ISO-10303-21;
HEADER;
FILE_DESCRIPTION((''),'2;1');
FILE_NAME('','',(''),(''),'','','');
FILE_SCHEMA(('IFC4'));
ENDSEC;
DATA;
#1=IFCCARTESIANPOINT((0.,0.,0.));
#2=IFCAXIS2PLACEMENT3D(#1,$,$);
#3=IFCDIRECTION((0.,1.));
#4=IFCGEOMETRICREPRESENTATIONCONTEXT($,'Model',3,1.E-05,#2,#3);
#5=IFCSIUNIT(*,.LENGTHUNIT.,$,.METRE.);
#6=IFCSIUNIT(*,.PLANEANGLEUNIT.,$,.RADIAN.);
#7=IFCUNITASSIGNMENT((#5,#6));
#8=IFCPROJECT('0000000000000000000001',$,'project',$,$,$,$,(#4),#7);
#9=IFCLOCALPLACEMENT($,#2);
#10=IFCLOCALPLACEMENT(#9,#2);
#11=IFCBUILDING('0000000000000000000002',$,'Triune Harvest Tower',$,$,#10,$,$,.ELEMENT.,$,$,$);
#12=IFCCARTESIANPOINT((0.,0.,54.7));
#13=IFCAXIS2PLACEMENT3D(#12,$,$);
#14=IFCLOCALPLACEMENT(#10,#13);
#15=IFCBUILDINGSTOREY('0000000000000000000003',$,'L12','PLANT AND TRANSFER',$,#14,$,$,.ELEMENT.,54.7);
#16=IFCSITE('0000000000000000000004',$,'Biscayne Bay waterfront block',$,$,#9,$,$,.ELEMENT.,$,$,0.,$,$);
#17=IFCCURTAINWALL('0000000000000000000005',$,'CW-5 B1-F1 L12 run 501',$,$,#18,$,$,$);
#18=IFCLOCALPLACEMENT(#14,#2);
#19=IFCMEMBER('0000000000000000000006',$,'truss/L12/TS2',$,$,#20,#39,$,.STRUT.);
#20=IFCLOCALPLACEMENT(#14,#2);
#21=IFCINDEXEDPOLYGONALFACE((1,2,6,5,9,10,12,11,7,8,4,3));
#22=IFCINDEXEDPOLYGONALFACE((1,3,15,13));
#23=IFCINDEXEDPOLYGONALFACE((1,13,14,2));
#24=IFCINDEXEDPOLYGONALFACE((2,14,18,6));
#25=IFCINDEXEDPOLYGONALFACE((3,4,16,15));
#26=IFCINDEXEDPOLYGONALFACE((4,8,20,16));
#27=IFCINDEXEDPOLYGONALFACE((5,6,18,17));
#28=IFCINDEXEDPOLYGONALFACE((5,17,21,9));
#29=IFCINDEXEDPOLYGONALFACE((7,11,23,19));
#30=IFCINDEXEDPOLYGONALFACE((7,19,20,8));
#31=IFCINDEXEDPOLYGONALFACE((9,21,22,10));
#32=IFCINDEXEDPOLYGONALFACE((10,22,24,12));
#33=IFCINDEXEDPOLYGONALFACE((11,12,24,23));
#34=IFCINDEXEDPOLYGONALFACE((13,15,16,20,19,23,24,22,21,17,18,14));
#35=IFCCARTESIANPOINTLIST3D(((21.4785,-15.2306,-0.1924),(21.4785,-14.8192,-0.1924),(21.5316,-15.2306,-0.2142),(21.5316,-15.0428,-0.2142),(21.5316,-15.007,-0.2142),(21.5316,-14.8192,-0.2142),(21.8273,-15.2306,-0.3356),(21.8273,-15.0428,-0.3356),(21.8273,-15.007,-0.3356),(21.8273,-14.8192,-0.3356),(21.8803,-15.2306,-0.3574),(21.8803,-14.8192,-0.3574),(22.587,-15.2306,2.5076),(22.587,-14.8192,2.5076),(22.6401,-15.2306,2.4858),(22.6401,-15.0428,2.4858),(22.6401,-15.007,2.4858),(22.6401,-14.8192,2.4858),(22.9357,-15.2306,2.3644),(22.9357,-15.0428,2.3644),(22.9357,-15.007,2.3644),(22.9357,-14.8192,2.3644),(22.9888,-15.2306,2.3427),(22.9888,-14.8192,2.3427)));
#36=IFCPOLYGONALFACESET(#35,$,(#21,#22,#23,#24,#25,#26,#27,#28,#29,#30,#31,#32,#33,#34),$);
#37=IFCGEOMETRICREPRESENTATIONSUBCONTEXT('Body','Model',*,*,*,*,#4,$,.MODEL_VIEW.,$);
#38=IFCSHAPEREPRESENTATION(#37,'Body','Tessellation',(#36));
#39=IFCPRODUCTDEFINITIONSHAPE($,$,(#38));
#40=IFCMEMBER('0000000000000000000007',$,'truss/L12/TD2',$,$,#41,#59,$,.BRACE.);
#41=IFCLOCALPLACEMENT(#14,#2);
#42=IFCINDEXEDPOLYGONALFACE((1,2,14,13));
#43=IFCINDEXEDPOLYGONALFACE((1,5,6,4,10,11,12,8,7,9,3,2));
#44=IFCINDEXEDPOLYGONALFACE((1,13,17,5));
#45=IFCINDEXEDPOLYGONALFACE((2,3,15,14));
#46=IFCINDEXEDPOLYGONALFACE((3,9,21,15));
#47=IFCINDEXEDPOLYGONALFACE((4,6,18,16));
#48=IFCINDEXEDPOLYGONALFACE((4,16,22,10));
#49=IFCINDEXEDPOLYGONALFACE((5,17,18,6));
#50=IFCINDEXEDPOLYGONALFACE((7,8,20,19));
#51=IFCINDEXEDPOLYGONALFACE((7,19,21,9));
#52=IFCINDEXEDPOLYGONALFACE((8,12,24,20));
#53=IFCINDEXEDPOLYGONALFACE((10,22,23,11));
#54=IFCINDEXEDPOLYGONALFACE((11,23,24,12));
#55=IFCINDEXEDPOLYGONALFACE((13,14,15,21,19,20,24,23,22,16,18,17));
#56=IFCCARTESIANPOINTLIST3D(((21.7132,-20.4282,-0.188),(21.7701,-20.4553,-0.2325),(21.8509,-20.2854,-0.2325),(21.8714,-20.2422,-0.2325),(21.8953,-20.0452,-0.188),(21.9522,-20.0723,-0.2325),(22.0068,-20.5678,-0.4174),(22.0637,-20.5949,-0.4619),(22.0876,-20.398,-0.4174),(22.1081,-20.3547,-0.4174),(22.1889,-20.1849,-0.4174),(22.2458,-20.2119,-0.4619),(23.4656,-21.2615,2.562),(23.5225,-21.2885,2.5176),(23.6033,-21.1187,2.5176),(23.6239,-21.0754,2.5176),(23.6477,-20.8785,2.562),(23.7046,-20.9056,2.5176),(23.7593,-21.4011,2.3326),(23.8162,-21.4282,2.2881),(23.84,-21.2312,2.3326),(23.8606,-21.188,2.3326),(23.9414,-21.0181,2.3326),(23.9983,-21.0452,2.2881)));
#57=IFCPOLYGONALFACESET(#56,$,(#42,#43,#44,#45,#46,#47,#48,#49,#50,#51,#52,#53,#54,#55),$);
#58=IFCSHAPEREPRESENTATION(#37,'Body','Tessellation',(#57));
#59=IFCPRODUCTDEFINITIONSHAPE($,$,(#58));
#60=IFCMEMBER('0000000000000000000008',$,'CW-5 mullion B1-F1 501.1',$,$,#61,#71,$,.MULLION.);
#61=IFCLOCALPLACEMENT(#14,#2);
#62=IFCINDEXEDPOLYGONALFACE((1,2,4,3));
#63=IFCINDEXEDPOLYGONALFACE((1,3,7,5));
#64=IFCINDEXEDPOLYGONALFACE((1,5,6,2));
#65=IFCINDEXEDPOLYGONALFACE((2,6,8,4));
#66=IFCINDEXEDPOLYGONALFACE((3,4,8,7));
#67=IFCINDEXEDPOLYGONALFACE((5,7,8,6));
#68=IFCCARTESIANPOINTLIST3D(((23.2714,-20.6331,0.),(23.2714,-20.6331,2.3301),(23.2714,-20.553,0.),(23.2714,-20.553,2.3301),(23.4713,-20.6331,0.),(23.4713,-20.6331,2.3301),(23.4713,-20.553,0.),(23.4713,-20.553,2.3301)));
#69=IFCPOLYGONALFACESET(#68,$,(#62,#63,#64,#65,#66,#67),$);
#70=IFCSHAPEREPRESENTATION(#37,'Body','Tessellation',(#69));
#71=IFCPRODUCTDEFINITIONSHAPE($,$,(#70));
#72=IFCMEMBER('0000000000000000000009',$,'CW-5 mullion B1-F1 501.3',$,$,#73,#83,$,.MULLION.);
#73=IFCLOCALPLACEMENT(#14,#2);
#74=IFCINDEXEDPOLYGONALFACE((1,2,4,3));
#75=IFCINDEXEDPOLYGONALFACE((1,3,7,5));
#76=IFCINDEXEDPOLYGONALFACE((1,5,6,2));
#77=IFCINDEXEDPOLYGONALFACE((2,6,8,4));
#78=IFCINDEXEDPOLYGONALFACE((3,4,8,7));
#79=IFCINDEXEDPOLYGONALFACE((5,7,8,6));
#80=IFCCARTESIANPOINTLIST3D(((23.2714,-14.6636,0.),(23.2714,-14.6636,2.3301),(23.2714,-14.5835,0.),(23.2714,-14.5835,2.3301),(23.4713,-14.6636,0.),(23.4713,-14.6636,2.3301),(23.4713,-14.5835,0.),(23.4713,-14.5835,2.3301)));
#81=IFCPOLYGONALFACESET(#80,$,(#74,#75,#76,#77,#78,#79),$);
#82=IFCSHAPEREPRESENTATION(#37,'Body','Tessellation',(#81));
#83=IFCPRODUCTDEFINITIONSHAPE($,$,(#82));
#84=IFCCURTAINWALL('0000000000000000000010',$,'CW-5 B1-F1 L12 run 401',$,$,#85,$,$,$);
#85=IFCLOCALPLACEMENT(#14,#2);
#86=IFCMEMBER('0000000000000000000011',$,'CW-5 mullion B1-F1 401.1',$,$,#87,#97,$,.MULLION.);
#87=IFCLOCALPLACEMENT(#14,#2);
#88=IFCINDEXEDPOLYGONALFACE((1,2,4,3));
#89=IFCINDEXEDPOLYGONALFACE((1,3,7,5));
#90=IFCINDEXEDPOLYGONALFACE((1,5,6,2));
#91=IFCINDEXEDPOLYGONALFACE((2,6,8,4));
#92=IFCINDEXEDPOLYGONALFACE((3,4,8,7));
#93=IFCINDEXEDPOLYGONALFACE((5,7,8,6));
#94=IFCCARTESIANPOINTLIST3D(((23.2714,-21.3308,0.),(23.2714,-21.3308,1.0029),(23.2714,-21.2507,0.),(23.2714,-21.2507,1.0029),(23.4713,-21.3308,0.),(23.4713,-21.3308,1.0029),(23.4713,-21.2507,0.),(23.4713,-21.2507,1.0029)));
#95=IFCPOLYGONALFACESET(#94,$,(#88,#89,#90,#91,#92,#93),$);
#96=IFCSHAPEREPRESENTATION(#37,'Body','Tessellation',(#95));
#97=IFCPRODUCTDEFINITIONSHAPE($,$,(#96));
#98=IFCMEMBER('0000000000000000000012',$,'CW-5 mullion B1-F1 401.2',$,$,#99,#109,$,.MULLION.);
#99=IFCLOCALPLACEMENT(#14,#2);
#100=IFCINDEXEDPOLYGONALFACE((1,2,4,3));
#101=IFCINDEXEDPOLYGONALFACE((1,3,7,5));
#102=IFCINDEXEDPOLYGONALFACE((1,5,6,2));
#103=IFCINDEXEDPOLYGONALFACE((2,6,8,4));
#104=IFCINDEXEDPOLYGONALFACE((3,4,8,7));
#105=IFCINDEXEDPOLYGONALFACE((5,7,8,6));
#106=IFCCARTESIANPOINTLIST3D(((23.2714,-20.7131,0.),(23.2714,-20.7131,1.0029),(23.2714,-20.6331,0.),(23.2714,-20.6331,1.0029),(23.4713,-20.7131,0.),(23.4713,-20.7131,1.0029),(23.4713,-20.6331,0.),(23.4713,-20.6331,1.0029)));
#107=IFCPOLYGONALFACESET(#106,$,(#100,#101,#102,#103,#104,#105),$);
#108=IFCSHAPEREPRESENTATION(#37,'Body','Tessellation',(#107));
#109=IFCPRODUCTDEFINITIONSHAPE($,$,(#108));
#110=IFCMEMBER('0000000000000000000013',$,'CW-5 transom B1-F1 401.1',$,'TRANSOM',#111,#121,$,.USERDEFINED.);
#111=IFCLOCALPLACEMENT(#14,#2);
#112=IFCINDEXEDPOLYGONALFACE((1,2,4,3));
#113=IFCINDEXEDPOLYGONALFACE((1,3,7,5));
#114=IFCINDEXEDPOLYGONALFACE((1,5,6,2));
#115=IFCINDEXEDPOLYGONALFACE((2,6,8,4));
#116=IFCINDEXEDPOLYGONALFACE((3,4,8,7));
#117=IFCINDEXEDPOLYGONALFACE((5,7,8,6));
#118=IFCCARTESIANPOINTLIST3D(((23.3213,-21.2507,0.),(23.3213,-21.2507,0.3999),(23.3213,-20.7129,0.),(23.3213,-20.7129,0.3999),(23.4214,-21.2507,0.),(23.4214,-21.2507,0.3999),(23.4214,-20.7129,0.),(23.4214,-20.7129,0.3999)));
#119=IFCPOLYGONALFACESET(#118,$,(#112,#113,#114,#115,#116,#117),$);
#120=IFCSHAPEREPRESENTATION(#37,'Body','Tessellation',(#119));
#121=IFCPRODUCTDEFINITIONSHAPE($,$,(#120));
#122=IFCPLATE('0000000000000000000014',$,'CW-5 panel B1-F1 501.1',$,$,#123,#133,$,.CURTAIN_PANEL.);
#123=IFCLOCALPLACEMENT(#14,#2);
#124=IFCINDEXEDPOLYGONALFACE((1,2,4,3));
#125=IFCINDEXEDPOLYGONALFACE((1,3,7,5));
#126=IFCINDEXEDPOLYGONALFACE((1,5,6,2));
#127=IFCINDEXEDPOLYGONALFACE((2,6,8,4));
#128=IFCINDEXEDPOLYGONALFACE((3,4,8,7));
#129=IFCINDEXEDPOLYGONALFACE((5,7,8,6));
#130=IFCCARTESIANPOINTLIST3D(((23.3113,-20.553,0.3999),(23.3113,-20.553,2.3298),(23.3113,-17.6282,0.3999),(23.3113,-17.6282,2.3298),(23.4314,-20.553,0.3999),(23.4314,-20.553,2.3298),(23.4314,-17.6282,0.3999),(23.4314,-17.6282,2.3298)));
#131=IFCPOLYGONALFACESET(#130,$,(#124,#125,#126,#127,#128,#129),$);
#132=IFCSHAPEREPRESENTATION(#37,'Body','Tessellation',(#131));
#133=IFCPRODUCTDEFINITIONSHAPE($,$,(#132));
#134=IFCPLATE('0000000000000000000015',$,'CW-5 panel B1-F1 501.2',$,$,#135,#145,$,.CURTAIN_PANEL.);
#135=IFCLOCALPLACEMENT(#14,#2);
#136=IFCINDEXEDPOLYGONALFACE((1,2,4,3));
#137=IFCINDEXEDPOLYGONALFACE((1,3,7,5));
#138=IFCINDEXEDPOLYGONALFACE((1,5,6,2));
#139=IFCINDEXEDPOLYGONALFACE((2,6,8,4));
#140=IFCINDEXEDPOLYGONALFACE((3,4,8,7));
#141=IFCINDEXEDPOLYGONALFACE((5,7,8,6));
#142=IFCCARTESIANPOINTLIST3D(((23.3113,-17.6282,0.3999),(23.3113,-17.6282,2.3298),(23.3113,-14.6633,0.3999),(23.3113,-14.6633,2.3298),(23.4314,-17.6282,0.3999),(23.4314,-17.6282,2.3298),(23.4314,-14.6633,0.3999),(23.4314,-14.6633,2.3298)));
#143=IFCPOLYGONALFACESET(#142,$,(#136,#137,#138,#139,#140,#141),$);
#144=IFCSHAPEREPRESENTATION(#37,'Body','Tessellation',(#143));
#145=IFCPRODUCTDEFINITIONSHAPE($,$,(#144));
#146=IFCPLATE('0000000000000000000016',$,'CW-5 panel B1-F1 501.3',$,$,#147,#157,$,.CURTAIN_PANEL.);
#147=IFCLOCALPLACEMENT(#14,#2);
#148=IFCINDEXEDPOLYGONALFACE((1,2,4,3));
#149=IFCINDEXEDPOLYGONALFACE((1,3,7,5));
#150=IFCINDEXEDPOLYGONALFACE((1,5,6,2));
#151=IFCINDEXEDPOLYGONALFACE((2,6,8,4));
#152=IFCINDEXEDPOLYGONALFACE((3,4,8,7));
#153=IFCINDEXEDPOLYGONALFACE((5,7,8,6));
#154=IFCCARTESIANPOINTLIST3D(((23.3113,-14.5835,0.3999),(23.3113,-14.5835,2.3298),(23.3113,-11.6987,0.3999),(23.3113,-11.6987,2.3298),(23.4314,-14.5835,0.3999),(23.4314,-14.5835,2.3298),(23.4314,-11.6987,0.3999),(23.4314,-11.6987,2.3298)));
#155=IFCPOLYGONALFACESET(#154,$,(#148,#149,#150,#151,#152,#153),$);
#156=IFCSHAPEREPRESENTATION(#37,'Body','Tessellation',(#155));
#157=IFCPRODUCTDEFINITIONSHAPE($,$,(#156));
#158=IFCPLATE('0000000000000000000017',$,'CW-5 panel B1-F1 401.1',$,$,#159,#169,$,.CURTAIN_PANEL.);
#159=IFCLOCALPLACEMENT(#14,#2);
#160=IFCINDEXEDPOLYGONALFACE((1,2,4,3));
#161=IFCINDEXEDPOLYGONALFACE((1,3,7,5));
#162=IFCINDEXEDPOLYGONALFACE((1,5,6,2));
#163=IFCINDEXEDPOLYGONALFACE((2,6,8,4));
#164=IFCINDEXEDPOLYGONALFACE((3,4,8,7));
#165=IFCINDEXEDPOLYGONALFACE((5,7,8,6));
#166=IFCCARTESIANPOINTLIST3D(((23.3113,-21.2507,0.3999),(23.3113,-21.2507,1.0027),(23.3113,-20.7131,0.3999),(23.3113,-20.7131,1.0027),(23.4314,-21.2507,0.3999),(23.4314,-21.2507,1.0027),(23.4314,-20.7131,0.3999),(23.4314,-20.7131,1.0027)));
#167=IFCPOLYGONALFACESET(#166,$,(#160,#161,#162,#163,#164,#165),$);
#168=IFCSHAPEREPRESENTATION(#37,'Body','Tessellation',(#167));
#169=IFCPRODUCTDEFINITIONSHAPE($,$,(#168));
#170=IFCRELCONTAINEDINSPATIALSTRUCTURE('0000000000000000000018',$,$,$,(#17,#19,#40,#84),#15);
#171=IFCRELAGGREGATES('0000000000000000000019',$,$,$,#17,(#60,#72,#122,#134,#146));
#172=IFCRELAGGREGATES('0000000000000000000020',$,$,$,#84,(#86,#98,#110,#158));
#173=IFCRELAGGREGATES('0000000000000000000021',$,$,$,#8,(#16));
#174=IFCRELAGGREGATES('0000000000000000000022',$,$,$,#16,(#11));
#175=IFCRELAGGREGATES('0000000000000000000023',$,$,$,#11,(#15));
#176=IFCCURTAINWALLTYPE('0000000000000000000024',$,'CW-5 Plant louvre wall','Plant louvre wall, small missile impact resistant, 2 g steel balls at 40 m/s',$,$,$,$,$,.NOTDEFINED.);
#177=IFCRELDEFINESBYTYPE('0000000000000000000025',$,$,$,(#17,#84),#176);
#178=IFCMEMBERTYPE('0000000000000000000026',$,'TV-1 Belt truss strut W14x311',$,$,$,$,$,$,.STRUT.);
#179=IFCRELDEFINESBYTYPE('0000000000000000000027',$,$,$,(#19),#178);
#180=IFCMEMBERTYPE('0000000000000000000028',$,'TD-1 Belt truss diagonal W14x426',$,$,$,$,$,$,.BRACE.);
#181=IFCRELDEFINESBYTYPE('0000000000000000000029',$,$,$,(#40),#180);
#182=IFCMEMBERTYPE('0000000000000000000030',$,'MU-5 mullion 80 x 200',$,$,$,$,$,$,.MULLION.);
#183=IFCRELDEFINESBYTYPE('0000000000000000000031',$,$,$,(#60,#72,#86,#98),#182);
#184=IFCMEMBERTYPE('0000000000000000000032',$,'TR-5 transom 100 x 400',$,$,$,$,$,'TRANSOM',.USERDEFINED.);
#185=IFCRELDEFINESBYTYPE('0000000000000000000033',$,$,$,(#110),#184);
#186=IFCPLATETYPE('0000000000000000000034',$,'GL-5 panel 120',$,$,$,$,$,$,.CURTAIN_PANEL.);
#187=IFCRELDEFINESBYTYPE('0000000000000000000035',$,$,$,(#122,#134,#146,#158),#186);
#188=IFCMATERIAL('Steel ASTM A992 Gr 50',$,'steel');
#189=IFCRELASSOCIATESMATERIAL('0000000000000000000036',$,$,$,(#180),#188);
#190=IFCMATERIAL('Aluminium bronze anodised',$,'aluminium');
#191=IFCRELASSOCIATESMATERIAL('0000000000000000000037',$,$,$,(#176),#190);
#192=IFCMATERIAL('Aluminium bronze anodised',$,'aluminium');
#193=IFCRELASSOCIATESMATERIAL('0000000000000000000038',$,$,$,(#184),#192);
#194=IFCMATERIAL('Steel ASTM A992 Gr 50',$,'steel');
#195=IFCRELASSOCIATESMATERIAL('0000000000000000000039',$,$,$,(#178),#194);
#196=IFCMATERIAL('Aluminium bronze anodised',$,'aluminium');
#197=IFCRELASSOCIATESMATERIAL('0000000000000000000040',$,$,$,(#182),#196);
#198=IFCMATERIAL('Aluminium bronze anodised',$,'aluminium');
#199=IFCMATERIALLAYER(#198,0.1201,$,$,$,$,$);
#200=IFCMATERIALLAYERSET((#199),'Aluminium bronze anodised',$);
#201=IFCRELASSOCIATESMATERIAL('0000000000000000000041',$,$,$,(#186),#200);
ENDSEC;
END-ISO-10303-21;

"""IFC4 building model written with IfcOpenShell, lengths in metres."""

from ifc_helpers import new_model, si_unit, direction, frame, origin, origin_2d, place, context, subcontext, project, spatial, rectangle, i_section, extrude, source, transform, mapped, material, layer, layer_set, material_profile, profile_set, type_object, element, aggregate, save


model = new_model("IFC4")

# Units and contexts
model_context = context("Model", 3, precision=1e-05, world=origin(), true_north=direction((0.0, 1.0)))
body_context = subcontext(model_context, "Body", "Model", "MODEL_VIEW")
ifc_project = project(units=[si_unit("LENGTHUNIT", "METRE"), si_unit("PLANEANGLEUNIT", "RADIAN")], contexts=[model_context])

# Site, building, storey
site_placement = place(None, origin())
site = spatial("IfcSite", under=ifc_project, at=site_placement, Name="Biscayne Bay waterfront block", CompositionType="ELEMENT", RefElevation=0.0)
building_placement = place(site_placement, origin())
building = spatial("IfcBuilding", under=site, at=building_placement, Name="Triune Harvest Tower", CompositionType="ELEMENT")
storey_placement = place(building_placement, frame((0.0, 0.0, 54.7)))
storey = spatial("IfcBuildingStorey", under=building, at=storey_placement, Name="L12", Description="PLANT AND TRANSFER", CompositionType="ELEMENT", Elevation=54.7)

# Shared definitions
ifc_material_1 = material(Name="Steel ASTM A992 Gr 50", Category="steel")
ifc_material_profile_1 = material_profile(ifc_material_1, i_section(OverallWidth=0.4241, OverallDepth=0.4751, WebThickness=0.0479, FlangeThickness=0.0771, at=origin_2d()), Name="W14x426")
ifc_profile_set_1 = profile_set([ifc_material_profile_1], Name="Steel ASTM A992 Gr 50")
member_type_1 = type_object("IfcMemberType", Name="TD-1 Belt truss diagonal W14x426", PredefinedType="BRACE", material=ifc_profile_set_1)

# Curtain wall
ifc_material_2 = material(Name="Aluminium bronze anodised", Category="aluminium")
curtain_wall_type = type_object("IfcCurtainWallType", Name="CW-5 Plant louvre wall", Description="Plant louvre wall, small missile impact resistant, 2 g steel balls at 40 m/s", PredefinedType="NOTDEFINED", material=ifc_material_2)
curtain_wall_1_placement = place(storey_placement, origin())
curtain_wall_1 = element("IfcCurtainWall", 1, at=curtain_wall_1_placement, inside=storey, type_object=curtain_wall_type, Name="CW-5 B1-F1 L12 run 501")
ifc_material_3 = material(Name="Aluminium bronze anodised", Category="aluminium")
ifc_material_profile_2 = material_profile(ifc_material_3, rectangle(XDim=0.1001, YDim=0.3999, at=origin_2d()), Name="TR-5 transom 100 x 400")
ifc_profile_set_2 = profile_set([ifc_material_profile_2], Name="Aluminium bronze anodised")
member_type_2 = type_object("IfcMemberType", Name="TR-5 transom 100 x 400", ElementType="TRANSOM", PredefinedType="USERDEFINED", material=ifc_profile_set_2)

# Members
ifc_material_4 = material(Name="Steel ASTM A992 Gr 50", Category="steel")
ifc_material_profile_3 = material_profile(ifc_material_4, i_section(OverallWidth=0.4114, OverallDepth=0.4343, WebThickness=0.0359, FlangeThickness=0.0574, at=origin_2d()), Name="W14x311")
ifc_profile_set_3 = profile_set([ifc_material_profile_3], Name="Steel ASTM A992 Gr 50")
member_type_3 = type_object("IfcMemberType", Name="TV-1 Belt truss strut W14x311", PredefinedType="STRUT", material=ifc_profile_set_3)
shared_shape_1 = source(origin(), body_context, "Body", "SweptSolid", [
    extrude(i_section(OverallWidth=0.4114, OverallDepth=0.4343, WebThickness=0.0359, FlangeThickness=0.0574, at=origin_2d()), origin(), (0.0, 0.0, 1.0), 2.9187),
])
member_1_placement = place(storey_placement, frame((21.6794, -15.0249, -0.2749), z_axis=(0.379769, 0.0, 0.925081), x_axis=(0.0, 1.0, 0.0)))
element("IfcMember", 2, at=member_1_placement, inside=storey, type_object=member_type_3, Name="truss/L12/TS2", PredefinedType="STRUT", context=body_context, shape_type="MappedRepresentation", body=[
    mapped(shared_shape_1, transform((0.0, 0.0, 0.0), scale=1.0)),
])
shared_shape_2 = source(origin(), body_context, "Body", "SweptSolid", [
    extrude(i_section(OverallWidth=0.4241, OverallDepth=0.4751, WebThickness=0.0479, FlangeThickness=0.0771, at=origin_2d()), origin(), (0.0, 0.0, 1.0), 3.3657),
])
member_2_placement = place(storey_placement, frame((21.9795, -20.3201, -0.325), z_axis=(0.520678, -0.247573, 0.817069), x_axis=(0.429411, 0.903109, 0.0)))
element("IfcMember", 3, at=member_2_placement, inside=storey, type_object=member_type_1, Name="truss/L12/TD2", PredefinedType="BRACE", context=body_context, shape_type="MappedRepresentation", body=[
    mapped(shared_shape_2, transform((0.0, 0.0, 0.0), scale=1.0)),
])

# Members
ifc_material_5 = material(Name="Aluminium bronze anodised", Category="aluminium")
ifc_material_profile_4 = material_profile(ifc_material_5, rectangle(XDim=0.2, YDim=0.0801, at=origin_2d()), Name="MU-5 mullion 80 x 200")
ifc_profile_set_4 = profile_set([ifc_material_profile_4], Name="Aluminium bronze anodised")
member_type_4 = type_object("IfcMemberType", Name="MU-5 mullion 80 x 200", PredefinedType="MULLION", material=ifc_profile_set_4)
shared_shape_3 = source(origin(), body_context, "Body", "SweptSolid", [
    extrude(rectangle(XDim=0.2, YDim=0.0801, at=origin_2d()), origin(), (0.0, 0.0, 1.0), 2.3301),
])
member_3_placement = place(storey_placement, frame((23.3713, -20.593, 0.0), z_axis=(0.0, 0.0, 1.0), x_axis=(-1.0, 0.0, 0.0)))
member_3 = element("IfcMember", 4, at=member_3_placement, type_object=member_type_4, Name="CW-5 mullion B1-F1 501.1", PredefinedType="MULLION", context=body_context, shape_type="MappedRepresentation", body=[
    mapped(shared_shape_3, transform((0.0, 0.0, 0.0), scale=1.0)),
])
member_4_placement = place(storey_placement, frame((23.3713, -14.6235, 0.0), z_axis=(0.0, 0.0, 1.0), x_axis=(-1.0, 0.0, 0.0)))
member_4 = element("IfcMember", 5, at=member_4_placement, type_object=member_type_4, Name="CW-5 mullion B1-F1 501.3", PredefinedType="MULLION", context=body_context, shape_type="MappedRepresentation", body=[
    mapped(shared_shape_3, transform((0.0, 0.0, 0.0), scale=1.0)),
])

# Curtain wall, members
curtain_wall_2_placement = place(storey_placement, origin())
curtain_wall_2 = element("IfcCurtainWall", 6, at=curtain_wall_2_placement, inside=storey, type_object=curtain_wall_type, Name="CW-5 B1-F1 L12 run 401")
shared_shape_4 = source(origin(), body_context, "Body", "SweptSolid", [
    extrude(rectangle(XDim=0.2, YDim=0.0801, at=origin_2d()), origin(), (0.0, 0.0, 1.0), 1.0029),
])
member_5_placement = place(storey_placement, frame((23.3713, -21.2908, 0.0), z_axis=(0.0, 0.0, 1.0), x_axis=(-1.0, 0.0, 0.0)))
member_5 = element("IfcMember", 7, at=member_5_placement, type_object=member_type_4, Name="CW-5 mullion B1-F1 401.1", PredefinedType="MULLION", context=body_context, shape_type="MappedRepresentation", body=[
    mapped(shared_shape_4, transform((0.0, 0.0, 0.0), scale=1.0)),
])
member_6_placement = place(storey_placement, frame((23.3713, -20.6731, 0.0), z_axis=(0.0, 0.0, 1.0), x_axis=(-1.0, 0.0, 0.0)))
member_6 = element("IfcMember", 8, at=member_6_placement, type_object=member_type_4, Name="CW-5 mullion B1-F1 401.2", PredefinedType="MULLION", context=body_context, shape_type="MappedRepresentation", body=[
    mapped(shared_shape_4, transform((0.0, 0.0, 0.0), scale=1.0)),
])
shared_shape_5 = source(origin(), body_context, "Body", "SweptSolid", [
    extrude(rectangle(XDim=0.1001, YDim=0.3999, at=origin_2d()), origin(), (0.0, 0.0, 1.0), 0.5378),
])
member_7_placement = place(storey_placement, frame((23.3713, -21.2507, 0.2), z_axis=(0.0, 1.0, 0.0), x_axis=(-1.0, 0.0, 0.0)))
member_7 = element("IfcMember", 9, at=member_7_placement, type_object=member_type_2, Name="CW-5 transom B1-F1 401.1", ObjectType="TRANSOM", PredefinedType="USERDEFINED", context=body_context, shape_type="MappedRepresentation", body=[
    mapped(shared_shape_5, transform((0.0, 0.0, 0.0), scale=1.0)),
])

# Plates
ifc_material_6 = material(Name="Aluminium bronze anodised", Category="aluminium")
ifc_layer_1 = layer(ifc_material_6, 0.1201)
ifc_layer_set_1 = layer_set([ifc_layer_1], Name="Aluminium bronze anodised")
plate_type = type_object("IfcPlateType", Name="GL-5 panel 120", PredefinedType="CURTAIN_PANEL", material=ifc_layer_set_1)
plate_1_placement = place(storey_placement, frame((23.3713, -19.0906, 0.3999), z_axis=(0.0, 0.0, 1.0), x_axis=(0.0, 1.0, 0.0)))
plate_1 = element("IfcPlate", 10, at=plate_1_placement, type_object=plate_type, Name="CW-5 panel B1-F1 501.1", PredefinedType="CURTAIN_PANEL", context=body_context, shape_type="SweptSolid", body=[
    extrude(rectangle(XDim=2.9248, YDim=0.1201, at=origin_2d()), origin(), (0.0, 0.0, 1.0), 1.9299),
])
plate_2_placement = place(storey_placement, frame((23.3713, -16.1458, 0.3999), z_axis=(0.0, 0.0, 1.0), x_axis=(0.0, 1.0, 0.0)))
plate_2 = element("IfcPlate", 11, at=plate_2_placement, type_object=plate_type, Name="CW-5 panel B1-F1 501.2", PredefinedType="CURTAIN_PANEL", context=body_context, shape_type="SweptSolid", body=[
    extrude(rectangle(XDim=2.9648, YDim=0.1201, at=origin_2d()), origin(), (0.0, 0.0, 1.0), 1.9299),
])
plate_3_placement = place(storey_placement, frame((23.3713, -13.1411, 0.3999), z_axis=(0.0, 0.0, 1.0), x_axis=(0.0, 1.0, 0.0)))
plate_3 = element("IfcPlate", 12, at=plate_3_placement, type_object=plate_type, Name="CW-5 panel B1-F1 501.3", PredefinedType="CURTAIN_PANEL", context=body_context, shape_type="SweptSolid", body=[
    extrude(rectangle(XDim=2.8848, YDim=0.1201, at=origin_2d()), origin(), (0.0, 0.0, 1.0), 1.9299),
])
aggregate(curtain_wall_1, [member_3, member_4, plate_1, plate_2, plate_3])
shared_shape_6 = source(origin(), body_context, "Body", "SweptSolid", [
    extrude(rectangle(XDim=0.5376, YDim=0.1201, at=origin_2d()), origin(), (0.0, 0.0, 1.0), 0.6028),
])
plate_4_placement = place(storey_placement, frame((23.3713, -20.9819, 0.3999), z_axis=(0.0, 0.0, 1.0), x_axis=(0.0, 1.0, 0.0)))
plate_4 = element("IfcPlate", 13, at=plate_4_placement, type_object=plate_type, Name="CW-5 panel B1-F1 401.1", PredefinedType="CURTAIN_PANEL", context=body_context, shape_type="MappedRepresentation", body=[
    mapped(shared_shape_6, transform((0.0, 0.0, 0.0), scale=1.0)),
])
aggregate(curtain_wall_2, [member_5, member_6, member_7, plate_4])

save(model, "model.ifc")
